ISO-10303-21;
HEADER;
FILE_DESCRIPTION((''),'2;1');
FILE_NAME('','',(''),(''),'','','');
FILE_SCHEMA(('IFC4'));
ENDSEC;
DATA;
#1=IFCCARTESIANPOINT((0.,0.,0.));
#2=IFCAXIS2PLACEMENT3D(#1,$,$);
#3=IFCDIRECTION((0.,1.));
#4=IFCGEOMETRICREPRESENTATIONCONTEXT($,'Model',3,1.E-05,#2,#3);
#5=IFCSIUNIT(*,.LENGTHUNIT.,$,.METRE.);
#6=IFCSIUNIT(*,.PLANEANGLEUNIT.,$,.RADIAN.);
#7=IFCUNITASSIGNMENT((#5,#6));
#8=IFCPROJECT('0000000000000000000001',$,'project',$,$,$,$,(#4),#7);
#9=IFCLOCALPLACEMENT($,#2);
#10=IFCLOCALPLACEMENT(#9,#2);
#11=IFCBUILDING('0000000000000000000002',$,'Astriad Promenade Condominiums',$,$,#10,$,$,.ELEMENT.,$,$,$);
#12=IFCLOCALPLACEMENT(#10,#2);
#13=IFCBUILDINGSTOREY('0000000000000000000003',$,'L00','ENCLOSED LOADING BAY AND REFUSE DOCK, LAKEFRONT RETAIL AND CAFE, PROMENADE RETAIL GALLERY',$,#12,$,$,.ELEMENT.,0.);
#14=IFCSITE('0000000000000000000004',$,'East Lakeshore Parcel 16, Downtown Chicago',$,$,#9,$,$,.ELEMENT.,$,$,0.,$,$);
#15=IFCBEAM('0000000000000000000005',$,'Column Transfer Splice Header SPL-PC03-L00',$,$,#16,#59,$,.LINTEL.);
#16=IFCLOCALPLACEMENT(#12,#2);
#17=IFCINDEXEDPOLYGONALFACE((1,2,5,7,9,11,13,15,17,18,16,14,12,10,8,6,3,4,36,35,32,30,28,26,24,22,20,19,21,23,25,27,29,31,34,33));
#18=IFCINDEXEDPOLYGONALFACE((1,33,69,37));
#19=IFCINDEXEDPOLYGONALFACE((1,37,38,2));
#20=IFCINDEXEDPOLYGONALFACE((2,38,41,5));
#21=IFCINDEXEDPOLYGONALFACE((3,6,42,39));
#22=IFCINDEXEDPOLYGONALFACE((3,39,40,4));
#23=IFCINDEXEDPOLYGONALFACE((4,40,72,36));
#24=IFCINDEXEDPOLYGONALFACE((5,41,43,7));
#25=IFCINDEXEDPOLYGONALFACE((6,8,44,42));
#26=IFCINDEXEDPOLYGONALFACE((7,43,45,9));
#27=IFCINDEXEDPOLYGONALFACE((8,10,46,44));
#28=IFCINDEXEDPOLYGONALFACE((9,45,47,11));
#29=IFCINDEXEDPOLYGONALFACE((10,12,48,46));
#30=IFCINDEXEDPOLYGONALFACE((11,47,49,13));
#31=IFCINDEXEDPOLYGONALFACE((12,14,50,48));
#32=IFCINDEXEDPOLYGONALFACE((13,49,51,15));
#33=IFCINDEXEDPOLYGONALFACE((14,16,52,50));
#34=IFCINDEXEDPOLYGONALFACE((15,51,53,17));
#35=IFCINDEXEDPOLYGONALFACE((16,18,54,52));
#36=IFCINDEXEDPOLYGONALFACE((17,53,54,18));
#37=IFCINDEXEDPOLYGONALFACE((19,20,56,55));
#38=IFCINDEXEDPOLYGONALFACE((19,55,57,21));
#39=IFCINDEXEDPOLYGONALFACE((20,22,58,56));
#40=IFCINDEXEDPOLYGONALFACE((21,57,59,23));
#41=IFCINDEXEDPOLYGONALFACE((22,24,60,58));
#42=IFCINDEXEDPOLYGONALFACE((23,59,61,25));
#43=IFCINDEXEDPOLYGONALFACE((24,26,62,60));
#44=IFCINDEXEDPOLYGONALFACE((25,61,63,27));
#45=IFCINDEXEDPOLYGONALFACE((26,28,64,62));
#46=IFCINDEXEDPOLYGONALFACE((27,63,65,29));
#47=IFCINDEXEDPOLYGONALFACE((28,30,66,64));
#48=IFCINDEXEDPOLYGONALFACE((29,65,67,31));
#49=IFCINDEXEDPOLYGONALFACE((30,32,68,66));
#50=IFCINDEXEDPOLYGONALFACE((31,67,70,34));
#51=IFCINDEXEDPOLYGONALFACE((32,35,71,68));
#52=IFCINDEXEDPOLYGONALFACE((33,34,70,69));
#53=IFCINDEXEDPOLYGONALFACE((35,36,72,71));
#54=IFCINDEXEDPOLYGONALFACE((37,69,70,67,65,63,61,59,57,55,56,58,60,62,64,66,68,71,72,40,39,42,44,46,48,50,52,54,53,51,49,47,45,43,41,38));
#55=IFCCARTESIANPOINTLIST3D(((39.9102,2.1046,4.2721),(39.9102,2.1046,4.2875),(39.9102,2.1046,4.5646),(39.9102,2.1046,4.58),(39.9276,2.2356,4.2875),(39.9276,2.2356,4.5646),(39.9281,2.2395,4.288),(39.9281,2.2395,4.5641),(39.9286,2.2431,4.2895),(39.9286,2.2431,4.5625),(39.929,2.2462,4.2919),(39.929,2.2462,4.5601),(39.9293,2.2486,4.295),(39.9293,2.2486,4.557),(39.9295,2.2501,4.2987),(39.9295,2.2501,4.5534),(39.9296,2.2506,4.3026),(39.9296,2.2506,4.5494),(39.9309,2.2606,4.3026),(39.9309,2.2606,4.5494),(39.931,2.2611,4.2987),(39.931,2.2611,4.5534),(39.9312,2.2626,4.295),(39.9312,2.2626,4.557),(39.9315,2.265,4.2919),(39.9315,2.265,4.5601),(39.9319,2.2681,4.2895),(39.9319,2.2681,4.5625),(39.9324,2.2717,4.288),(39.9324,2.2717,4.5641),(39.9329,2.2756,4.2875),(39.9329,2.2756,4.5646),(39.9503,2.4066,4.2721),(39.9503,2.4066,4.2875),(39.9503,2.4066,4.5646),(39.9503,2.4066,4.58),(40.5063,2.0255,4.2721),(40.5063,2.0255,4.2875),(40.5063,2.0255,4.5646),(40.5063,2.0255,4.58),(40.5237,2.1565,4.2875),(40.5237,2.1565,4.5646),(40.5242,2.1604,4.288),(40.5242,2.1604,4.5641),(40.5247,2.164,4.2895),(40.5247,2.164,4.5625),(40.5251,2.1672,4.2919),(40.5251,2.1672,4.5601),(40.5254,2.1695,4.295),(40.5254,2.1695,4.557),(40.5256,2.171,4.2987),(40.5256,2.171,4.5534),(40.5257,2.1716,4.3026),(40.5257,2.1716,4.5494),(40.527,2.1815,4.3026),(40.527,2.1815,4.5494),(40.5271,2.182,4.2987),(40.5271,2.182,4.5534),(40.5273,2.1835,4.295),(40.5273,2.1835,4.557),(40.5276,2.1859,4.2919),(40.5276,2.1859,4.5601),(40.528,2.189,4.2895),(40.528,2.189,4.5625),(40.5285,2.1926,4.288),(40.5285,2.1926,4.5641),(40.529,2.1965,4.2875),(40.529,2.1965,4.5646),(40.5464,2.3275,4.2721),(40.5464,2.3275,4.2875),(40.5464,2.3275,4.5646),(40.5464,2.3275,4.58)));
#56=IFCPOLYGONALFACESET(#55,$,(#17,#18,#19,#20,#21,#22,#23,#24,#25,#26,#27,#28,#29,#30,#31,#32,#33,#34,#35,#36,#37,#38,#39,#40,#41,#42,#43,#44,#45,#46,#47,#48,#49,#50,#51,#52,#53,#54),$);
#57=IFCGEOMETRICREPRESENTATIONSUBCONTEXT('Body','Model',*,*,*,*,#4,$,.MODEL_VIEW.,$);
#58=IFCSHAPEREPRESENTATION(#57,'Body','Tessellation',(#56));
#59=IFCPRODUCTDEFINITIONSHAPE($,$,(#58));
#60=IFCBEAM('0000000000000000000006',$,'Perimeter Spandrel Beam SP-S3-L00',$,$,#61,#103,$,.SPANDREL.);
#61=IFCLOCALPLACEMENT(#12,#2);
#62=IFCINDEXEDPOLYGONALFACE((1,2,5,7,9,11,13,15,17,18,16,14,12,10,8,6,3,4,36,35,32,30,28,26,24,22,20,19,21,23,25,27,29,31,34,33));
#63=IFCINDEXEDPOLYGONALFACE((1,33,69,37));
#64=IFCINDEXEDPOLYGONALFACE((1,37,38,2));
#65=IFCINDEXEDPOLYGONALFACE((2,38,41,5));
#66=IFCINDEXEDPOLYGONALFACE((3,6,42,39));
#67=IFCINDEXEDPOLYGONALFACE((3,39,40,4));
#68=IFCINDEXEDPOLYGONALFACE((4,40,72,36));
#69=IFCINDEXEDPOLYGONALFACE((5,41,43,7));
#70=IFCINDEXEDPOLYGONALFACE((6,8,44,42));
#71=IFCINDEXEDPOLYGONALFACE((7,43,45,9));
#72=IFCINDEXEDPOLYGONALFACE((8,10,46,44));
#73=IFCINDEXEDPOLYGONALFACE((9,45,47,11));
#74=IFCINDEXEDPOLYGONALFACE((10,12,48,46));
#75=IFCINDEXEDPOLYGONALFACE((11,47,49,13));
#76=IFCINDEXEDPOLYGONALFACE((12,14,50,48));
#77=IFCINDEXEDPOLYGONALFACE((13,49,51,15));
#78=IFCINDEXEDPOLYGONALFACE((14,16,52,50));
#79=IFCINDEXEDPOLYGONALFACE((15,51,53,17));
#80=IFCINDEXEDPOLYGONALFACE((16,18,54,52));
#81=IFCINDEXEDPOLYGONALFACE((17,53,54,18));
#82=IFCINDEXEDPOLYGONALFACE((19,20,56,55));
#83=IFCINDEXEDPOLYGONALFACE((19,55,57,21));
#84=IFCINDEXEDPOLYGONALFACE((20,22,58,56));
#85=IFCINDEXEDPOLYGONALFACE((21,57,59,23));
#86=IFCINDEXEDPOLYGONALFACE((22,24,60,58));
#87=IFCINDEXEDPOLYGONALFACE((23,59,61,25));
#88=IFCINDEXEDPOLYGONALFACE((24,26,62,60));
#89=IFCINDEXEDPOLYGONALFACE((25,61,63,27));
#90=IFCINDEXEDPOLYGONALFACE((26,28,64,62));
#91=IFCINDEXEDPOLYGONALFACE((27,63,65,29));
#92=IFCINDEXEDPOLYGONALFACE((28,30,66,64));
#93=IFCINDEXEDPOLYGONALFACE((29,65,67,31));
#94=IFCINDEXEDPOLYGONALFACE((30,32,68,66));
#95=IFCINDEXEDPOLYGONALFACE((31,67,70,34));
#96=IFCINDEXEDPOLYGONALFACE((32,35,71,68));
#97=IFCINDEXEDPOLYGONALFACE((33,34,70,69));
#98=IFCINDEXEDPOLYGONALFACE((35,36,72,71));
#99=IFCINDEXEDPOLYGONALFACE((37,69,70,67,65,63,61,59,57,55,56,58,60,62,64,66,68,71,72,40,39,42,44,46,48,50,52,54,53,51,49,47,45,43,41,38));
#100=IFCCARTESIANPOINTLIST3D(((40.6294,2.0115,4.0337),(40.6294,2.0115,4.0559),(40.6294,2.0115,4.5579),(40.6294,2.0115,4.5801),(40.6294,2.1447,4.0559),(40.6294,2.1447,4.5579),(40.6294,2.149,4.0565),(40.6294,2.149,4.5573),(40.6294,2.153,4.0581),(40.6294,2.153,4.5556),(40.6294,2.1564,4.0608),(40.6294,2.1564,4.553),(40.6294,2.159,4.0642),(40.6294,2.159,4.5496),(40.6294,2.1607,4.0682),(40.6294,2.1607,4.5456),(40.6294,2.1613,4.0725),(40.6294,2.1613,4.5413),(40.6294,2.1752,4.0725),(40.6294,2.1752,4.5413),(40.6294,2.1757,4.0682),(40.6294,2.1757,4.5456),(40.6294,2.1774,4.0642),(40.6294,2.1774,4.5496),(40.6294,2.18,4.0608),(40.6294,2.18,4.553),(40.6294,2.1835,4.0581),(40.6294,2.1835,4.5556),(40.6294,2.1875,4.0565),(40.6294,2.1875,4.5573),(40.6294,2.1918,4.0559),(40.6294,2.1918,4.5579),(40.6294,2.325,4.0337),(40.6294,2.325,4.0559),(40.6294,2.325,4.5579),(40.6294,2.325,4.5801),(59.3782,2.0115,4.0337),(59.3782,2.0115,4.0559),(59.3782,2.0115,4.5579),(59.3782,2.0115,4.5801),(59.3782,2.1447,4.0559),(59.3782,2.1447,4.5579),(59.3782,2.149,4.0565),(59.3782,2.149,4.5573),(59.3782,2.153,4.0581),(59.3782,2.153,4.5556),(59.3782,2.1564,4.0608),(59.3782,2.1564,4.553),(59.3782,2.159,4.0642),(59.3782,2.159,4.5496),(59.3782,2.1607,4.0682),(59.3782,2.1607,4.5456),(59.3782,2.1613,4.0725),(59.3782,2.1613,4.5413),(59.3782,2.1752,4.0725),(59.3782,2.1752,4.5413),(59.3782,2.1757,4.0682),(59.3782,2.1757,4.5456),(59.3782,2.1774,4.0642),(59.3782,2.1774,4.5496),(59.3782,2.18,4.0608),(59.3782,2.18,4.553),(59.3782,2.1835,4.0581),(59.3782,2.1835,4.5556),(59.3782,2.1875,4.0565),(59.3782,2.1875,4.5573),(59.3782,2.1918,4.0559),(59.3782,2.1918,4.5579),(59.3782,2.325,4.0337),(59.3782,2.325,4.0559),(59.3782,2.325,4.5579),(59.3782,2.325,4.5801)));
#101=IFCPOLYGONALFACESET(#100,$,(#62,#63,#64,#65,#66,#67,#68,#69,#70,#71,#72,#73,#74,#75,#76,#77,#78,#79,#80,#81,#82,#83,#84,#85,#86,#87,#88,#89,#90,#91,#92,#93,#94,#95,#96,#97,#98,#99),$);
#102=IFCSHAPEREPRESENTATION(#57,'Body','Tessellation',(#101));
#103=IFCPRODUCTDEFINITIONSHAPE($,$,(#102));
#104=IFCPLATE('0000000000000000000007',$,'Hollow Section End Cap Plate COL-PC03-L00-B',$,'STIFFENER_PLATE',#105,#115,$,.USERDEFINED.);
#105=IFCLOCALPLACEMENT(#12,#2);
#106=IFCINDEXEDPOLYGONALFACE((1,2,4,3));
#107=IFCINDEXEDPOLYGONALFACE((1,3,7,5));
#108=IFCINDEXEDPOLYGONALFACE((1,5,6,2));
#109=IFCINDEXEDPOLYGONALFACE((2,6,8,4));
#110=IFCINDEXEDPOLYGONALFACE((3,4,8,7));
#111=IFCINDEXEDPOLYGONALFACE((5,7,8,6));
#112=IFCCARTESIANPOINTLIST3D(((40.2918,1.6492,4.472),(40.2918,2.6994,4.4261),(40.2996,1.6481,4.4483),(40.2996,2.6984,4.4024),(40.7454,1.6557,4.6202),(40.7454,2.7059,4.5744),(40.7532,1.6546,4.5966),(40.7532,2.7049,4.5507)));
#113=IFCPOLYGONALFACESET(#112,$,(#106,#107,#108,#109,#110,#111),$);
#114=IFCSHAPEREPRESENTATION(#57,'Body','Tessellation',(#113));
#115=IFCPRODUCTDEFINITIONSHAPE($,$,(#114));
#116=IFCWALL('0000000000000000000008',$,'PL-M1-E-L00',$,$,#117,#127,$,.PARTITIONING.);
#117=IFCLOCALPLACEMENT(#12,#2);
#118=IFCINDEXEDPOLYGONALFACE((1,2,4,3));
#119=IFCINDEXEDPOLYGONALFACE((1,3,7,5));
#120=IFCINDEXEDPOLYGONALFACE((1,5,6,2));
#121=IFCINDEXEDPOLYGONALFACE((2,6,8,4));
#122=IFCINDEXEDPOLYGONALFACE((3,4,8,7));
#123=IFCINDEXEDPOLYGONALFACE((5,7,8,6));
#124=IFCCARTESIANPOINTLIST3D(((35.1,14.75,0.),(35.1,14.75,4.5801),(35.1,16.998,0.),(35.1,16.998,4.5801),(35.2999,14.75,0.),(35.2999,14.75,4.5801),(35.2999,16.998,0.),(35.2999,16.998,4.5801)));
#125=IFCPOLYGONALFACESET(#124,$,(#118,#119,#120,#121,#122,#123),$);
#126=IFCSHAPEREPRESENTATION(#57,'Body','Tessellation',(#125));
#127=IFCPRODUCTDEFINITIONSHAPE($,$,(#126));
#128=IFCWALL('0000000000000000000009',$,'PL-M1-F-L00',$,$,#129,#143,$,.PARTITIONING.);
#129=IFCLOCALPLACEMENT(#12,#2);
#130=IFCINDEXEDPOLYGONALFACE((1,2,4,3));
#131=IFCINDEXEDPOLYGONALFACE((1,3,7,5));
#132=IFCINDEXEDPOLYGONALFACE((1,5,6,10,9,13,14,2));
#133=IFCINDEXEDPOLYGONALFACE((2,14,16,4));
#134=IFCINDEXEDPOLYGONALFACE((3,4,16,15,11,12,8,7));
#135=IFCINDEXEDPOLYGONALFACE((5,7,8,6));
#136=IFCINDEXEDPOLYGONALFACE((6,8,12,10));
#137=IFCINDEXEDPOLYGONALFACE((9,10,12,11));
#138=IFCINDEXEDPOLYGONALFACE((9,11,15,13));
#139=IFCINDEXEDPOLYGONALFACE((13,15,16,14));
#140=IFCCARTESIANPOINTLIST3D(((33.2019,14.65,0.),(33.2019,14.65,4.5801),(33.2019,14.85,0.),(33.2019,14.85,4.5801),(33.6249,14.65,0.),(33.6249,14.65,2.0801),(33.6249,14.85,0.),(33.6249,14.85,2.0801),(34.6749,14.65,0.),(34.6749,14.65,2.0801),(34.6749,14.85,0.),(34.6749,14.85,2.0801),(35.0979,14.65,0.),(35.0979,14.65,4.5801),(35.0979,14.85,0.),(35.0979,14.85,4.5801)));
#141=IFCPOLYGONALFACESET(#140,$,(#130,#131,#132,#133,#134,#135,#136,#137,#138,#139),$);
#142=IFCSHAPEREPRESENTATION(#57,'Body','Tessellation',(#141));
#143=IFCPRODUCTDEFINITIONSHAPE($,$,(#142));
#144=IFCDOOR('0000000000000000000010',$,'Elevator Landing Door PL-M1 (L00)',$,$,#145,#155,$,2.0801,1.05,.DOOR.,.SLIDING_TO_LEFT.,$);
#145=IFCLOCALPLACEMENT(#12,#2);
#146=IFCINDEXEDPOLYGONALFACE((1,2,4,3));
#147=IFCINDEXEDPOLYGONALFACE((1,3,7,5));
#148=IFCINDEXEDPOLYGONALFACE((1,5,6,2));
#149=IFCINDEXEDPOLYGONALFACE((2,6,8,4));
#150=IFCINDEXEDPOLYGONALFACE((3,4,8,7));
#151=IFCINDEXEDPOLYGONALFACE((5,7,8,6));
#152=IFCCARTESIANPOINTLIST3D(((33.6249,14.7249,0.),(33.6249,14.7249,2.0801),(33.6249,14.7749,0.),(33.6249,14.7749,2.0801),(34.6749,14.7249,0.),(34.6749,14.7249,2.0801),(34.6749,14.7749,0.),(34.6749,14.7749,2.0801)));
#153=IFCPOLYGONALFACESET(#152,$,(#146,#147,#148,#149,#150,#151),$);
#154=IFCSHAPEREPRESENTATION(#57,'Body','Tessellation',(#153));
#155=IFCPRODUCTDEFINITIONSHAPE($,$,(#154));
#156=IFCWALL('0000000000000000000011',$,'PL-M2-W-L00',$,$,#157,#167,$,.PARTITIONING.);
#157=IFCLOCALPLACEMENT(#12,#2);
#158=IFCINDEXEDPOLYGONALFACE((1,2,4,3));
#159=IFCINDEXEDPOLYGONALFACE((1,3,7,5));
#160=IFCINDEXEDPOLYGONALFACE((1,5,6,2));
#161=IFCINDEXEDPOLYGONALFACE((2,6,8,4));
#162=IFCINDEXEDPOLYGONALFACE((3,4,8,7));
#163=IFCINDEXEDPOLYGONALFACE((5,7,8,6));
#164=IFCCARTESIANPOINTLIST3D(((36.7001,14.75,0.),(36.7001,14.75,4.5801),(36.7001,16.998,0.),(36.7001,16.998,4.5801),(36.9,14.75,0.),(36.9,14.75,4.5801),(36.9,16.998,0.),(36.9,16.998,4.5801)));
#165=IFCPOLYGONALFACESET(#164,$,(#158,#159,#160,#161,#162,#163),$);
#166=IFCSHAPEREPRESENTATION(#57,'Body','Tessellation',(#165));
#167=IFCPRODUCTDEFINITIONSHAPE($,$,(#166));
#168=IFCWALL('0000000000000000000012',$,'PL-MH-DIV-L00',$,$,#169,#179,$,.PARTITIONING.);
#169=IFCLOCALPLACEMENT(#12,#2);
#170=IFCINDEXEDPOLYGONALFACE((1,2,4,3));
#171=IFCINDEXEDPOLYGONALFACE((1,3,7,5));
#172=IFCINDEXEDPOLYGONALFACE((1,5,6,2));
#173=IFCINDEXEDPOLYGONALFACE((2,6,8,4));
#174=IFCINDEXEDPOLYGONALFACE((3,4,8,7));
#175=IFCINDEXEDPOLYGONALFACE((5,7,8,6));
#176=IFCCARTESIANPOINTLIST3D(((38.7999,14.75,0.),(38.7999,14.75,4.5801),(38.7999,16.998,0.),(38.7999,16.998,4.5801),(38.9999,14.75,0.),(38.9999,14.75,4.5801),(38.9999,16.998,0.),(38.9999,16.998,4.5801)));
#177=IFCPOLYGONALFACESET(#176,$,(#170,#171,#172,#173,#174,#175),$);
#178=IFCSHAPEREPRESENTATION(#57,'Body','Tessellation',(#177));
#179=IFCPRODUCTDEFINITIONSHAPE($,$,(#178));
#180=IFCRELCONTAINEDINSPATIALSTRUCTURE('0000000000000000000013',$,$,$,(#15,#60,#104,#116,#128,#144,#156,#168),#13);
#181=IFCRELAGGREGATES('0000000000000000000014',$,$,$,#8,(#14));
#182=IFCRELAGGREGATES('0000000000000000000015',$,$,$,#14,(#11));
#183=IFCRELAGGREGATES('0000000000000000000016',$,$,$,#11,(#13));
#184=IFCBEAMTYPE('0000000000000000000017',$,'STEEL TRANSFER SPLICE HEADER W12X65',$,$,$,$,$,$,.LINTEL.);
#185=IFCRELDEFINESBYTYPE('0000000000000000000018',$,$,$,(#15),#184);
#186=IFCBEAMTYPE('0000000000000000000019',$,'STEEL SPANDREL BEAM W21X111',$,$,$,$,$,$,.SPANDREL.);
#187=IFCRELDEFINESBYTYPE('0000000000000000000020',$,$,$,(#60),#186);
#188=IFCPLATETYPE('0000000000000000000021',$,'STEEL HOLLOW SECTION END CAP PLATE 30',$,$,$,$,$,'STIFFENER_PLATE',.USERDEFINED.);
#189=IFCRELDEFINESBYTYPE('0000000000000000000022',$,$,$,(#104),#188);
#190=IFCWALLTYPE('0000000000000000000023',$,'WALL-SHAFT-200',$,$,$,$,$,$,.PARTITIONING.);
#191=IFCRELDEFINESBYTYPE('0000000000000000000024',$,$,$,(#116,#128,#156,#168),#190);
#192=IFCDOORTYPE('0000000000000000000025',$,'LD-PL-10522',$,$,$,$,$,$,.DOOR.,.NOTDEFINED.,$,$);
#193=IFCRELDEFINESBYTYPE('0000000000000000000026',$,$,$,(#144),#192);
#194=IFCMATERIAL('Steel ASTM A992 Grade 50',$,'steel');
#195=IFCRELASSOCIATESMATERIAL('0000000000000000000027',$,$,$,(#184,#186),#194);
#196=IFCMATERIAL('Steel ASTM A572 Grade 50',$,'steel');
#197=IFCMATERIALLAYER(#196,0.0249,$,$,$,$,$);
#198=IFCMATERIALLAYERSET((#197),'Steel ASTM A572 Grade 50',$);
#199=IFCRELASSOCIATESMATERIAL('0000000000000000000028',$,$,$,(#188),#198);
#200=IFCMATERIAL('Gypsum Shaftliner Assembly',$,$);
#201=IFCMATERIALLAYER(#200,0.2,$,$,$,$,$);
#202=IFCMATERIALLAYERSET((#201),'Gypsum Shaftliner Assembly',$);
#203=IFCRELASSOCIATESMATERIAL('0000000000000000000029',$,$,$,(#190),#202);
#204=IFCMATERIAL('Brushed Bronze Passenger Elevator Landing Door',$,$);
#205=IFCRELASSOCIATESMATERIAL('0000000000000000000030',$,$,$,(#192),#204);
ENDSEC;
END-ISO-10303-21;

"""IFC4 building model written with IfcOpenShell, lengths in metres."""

from ifc_helpers import new_model, si_unit, direction, frame, frame_2d, origin, origin_2d, place, context, subcontext, project, spatial, rectangle, i_section, extrude, source, transform, mapped, material, layer, layer_set, material_profile, profile_set, type_object, type_shapes, element, fill, save


model = new_model("IFC4")

# Units and contexts
model_context = context("Model", 3, precision=1e-05, world=origin(), true_north=direction((0.0, 1.0)))
body_context = subcontext(model_context, "Body", "Model", "MODEL_VIEW")
ifc_project = project(units=[si_unit("LENGTHUNIT", "METRE"), si_unit("PLANEANGLEUNIT", "RADIAN")], contexts=[model_context])

# Site, building, storey
site_placement = place(None, origin())
site = spatial("IfcSite", under=ifc_project, at=site_placement, Name="East Lakeshore Parcel 16, Downtown Chicago", CompositionType="ELEMENT", RefElevation=0.0)
building_placement = place(site_placement, origin())
building = spatial("IfcBuilding", under=site, at=building_placement, Name="Astriad Promenade Condominiums", CompositionType="ELEMENT")
storey_placement = place(building_placement, origin())
storey = spatial("IfcBuildingStorey", under=building, at=storey_placement, Name="L00", Description="ENCLOSED LOADING BAY AND REFUSE DOCK, LAKEFRONT RETAIL AND CAFE, PROMENADE RETAIL GALLERY", CompositionType="ELEMENT", Elevation=0.0)

# Beams
ifc_material_1 = material(Name="Steel ASTM A992 Grade 50", Category="steel")
ifc_material_profile_1 = material_profile(ifc_material_1, i_section(OverallWidth=0.3047, OverallDepth=0.3079, WebThickness=0.01, FlangeThickness=0.0154, FilletRadius=0.0151, at=origin_2d()), Name="W12X65")
ifc_profile_set_1 = profile_set([ifc_material_profile_1], Name="Steel ASTM A992 Grade 50")
beam_type_1 = type_object("IfcBeamType", Name="STEEL TRANSFER SPLICE HEADER W12X65", PredefinedType="LINTEL", material=ifc_profile_set_1)
shared_shape_1 = source(origin(), body_context, "Body", "SweptSolid", [
    extrude(i_section(OverallWidth=0.3047, OverallDepth=0.3079, WebThickness=0.01, FlangeThickness=0.0154, FilletRadius=0.0151, at=origin_2d()), origin(), (0.0, 0.0, 1.0), 0.6013),
])
type_shapes(beam_type_1, [shared_shape_1])
beam_1_placement = place(storey_placement, frame((40.5264, 2.1765, 4.426), z_axis=(-0.991313, 0.131526, 0.0), x_axis=(-0.131526, -0.991313, 0.0)))
element("IfcBeam", 1, at=beam_1_placement, inside=storey, type_object=beam_type_1, Name="Column Transfer Splice Header SPL-PC03-L00", PredefinedType="LINTEL", context=body_context, shape_type="MappedRepresentation", body=[
    mapped(shared_shape_1, transform((0.0, 0.0, 0.0), scale=1.0)),
])
ifc_material_profile_2 = material_profile(ifc_material_1, i_section(OverallWidth=0.3135, OverallDepth=0.5464, WebThickness=0.0139, FlangeThickness=0.0222, FilletRadius=0.0166, at=origin_2d()), Name="W21X111")
ifc_profile_set_2 = profile_set([ifc_material_profile_2], Name="Steel ASTM A992 Grade 50")
beam_type_2 = type_object("IfcBeamType", Name="STEEL SPANDREL BEAM W21X111", PredefinedType="SPANDREL", material=ifc_profile_set_2)
shared_shape_2 = source(origin(), body_context, "Body", "SweptSolid", [
    extrude(i_section(OverallWidth=0.3135, OverallDepth=0.5464, WebThickness=0.0139, FlangeThickness=0.0222, FilletRadius=0.0166, at=origin_2d()), origin(), (0.0, 0.0, 1.0), 18.7488),
])
type_shapes(beam_type_2, [shared_shape_2])
beam_2_placement = place(storey_placement, frame((40.6294, 2.1682, 4.3069), z_axis=(1.0, 0.0, 0.0), x_axis=(0.0, 1.0, 0.0)))
element("IfcBeam", 2, at=beam_2_placement, inside=storey, type_object=beam_type_2, Name="Perimeter Spandrel Beam SP-S3-L00", PredefinedType="SPANDREL", context=body_context, shape_type="MappedRepresentation", body=[
    mapped(shared_shape_2, transform((0.0, 0.0, 0.0), scale=1.0)),
])

# Plate
ifc_material_2 = material(Name="Steel ASTM A572 Grade 50", Category="steel")
ifc_layer_1 = layer(ifc_material_2, 0.0249)
ifc_layer_set_1 = layer_set([ifc_layer_1], Name="Steel ASTM A572 Grade 50")
plate_type = type_object("IfcPlateType", Name="STEEL HOLLOW SECTION END CAP PLATE 30", ElementType="STIFFENER_PLATE", PredefinedType="USERDEFINED", material=ifc_layer_set_1)
shared_shape_3 = source(origin(), body_context, "Body", "SweptSolid", [
    extrude(rectangle(XDim=0.4773, YDim=1.0513, at=origin_2d()), origin(), (0.0, 0.0, 1.0), 0.0249),
])
type_shapes(plate_type, [shared_shape_3])
plate_placement = place(storey_placement, frame((40.5264, 2.1765, 4.4995), z_axis=(-0.310975, 0.041472, 0.949513), x_axis=(1.0, 0.0, 0.0)))
element("IfcPlate", 3, at=plate_placement, inside=storey, type_object=plate_type, Name="Hollow Section End Cap Plate COL-PC03-L00-B", ObjectType="STIFFENER_PLATE", PredefinedType="USERDEFINED", context=body_context, shape_type="MappedRepresentation", body=[
    mapped(shared_shape_3, transform((0.0, 0.0, 0.0), scale=1.0)),
])

# Wall
ifc_material_3 = material(Name="Gypsum Shaftliner Assembly")
ifc_layer_2 = layer(ifc_material_3, 0.2)
ifc_layer_set_2 = layer_set([ifc_layer_2], Name="Gypsum Shaftliner Assembly")
wall_type = type_object("IfcWallType", Name="WALL-SHAFT-200", PredefinedType="PARTITIONING", material=ifc_layer_set_2)
wall_1_placement = place(storey_placement, frame((35.2, 14.75, 0.0), z_axis=(0.0, 0.0, 1.0), x_axis=(0.0, 1.0, 0.0)))
element("IfcWall", 4, at=wall_1_placement, inside=storey, type_object=wall_type, Name="PL-M1-E-L00", PredefinedType="PARTITIONING", context=body_context, shape_type="SweptSolid", body=[
    extrude(rectangle(XDim=2.248, YDim=0.2, at=frame_2d((1.124, 0.0))), origin(), (0.0, 0.0, 1.0), 4.5801),
])

# Wall, opening, door
wall_2_placement = place(storey_placement, frame((33.2019, 14.75, 0.0), z_axis=(0.0, 0.0, 1.0), x_axis=(1.0, 0.0, 0.0)))
wall_2 = element("IfcWall", 5, at=wall_2_placement, inside=storey, type_object=wall_type, Name="PL-M1-F-L00", PredefinedType="PARTITIONING", context=body_context, shape_type="SweptSolid", body=[
    extrude(rectangle(XDim=1.896, YDim=0.2, at=frame_2d((0.948, 0.0))), origin(), (0.0, 0.0, 1.0), 4.5801),
])
opening_1_placement = place(wall_2_placement, frame((0.4231, 0.0, 0.0)))
opening_1 = element("IfcOpeningElement", 6, at=opening_1_placement, cuts=wall_2, PredefinedType="OPENING", context=body_context, shape_type="SweptSolid", body=[
    extrude(rectangle(XDim=1.05, YDim=2.0801, at=frame_2d((0.5249, 1.04))), frame((0.0, 0.1099, 0.0), z_axis=(0.0, -1.0, 0.0), x_axis=(1.0, 0.0, 0.0)), (0.0, 0.0, 1.0), 0.22),
])
ifc_material_4 = material(Name="Brushed Bronze Passenger Elevator Landing Door")
door_type = type_object("IfcDoorType", Name="LD-PL-10522", OperationType="NOTDEFINED", PredefinedType="DOOR", material=ifc_material_4)
shared_shape_4 = source(origin(), body_context, "Body", "SweptSolid", [
    extrude(rectangle(XDim=1.05, YDim=2.0801, at=frame_2d((0.5249, 1.04))), frame((0.0, 0.0249, 0.0), z_axis=(0.0, -1.0, 0.0), x_axis=(1.0, 0.0, 0.0)), (0.0, 0.0, 1.0), 0.05),
])
type_shapes(door_type, [shared_shape_4])
door_1_placement = place(opening_1_placement, origin())
door_1 = element("IfcDoor", 7, at=door_1_placement, inside=storey, type_object=door_type, Name="Elevator Landing Door PL-M1 (L00)", OperationType="SLIDING_TO_LEFT", OverallHeight=2.0801, OverallWidth=1.05, PredefinedType="DOOR", context=body_context, shape_type="MappedRepresentation", body=[
    mapped(shared_shape_4, transform((0.0, 0.0, 0.0), scale=1.0)),
])
fill(opening_1, door_1)

# Walls
for number, where, z_axis, x_axis, name in (
    (8, (36.8, 14.75, 0.0), (0.0, 0.0, 1.0), (0.0, 1.0, 0.0), "PL-M2-W-L00"),
    (9, (38.8999, 14.75, 0.0), (0.0, 0.0, 1.0), (0.0, 1.0, 0.0), "PL-MH-DIV-L00"),
):
    element("IfcWall", number, at=place(storey_placement, frame(where, z_axis=z_axis, x_axis=x_axis)), inside=storey, type_object=wall_type, Name=name, PredefinedType="PARTITIONING", context=body_context, shape_type="SweptSolid", body=[
        extrude(rectangle(XDim=2.248, YDim=0.2, at=frame_2d((1.124, 0.0))), origin(), (0.0, 0.0, 1.0), 4.5801),
    ])

save(model, "model.ifc")
